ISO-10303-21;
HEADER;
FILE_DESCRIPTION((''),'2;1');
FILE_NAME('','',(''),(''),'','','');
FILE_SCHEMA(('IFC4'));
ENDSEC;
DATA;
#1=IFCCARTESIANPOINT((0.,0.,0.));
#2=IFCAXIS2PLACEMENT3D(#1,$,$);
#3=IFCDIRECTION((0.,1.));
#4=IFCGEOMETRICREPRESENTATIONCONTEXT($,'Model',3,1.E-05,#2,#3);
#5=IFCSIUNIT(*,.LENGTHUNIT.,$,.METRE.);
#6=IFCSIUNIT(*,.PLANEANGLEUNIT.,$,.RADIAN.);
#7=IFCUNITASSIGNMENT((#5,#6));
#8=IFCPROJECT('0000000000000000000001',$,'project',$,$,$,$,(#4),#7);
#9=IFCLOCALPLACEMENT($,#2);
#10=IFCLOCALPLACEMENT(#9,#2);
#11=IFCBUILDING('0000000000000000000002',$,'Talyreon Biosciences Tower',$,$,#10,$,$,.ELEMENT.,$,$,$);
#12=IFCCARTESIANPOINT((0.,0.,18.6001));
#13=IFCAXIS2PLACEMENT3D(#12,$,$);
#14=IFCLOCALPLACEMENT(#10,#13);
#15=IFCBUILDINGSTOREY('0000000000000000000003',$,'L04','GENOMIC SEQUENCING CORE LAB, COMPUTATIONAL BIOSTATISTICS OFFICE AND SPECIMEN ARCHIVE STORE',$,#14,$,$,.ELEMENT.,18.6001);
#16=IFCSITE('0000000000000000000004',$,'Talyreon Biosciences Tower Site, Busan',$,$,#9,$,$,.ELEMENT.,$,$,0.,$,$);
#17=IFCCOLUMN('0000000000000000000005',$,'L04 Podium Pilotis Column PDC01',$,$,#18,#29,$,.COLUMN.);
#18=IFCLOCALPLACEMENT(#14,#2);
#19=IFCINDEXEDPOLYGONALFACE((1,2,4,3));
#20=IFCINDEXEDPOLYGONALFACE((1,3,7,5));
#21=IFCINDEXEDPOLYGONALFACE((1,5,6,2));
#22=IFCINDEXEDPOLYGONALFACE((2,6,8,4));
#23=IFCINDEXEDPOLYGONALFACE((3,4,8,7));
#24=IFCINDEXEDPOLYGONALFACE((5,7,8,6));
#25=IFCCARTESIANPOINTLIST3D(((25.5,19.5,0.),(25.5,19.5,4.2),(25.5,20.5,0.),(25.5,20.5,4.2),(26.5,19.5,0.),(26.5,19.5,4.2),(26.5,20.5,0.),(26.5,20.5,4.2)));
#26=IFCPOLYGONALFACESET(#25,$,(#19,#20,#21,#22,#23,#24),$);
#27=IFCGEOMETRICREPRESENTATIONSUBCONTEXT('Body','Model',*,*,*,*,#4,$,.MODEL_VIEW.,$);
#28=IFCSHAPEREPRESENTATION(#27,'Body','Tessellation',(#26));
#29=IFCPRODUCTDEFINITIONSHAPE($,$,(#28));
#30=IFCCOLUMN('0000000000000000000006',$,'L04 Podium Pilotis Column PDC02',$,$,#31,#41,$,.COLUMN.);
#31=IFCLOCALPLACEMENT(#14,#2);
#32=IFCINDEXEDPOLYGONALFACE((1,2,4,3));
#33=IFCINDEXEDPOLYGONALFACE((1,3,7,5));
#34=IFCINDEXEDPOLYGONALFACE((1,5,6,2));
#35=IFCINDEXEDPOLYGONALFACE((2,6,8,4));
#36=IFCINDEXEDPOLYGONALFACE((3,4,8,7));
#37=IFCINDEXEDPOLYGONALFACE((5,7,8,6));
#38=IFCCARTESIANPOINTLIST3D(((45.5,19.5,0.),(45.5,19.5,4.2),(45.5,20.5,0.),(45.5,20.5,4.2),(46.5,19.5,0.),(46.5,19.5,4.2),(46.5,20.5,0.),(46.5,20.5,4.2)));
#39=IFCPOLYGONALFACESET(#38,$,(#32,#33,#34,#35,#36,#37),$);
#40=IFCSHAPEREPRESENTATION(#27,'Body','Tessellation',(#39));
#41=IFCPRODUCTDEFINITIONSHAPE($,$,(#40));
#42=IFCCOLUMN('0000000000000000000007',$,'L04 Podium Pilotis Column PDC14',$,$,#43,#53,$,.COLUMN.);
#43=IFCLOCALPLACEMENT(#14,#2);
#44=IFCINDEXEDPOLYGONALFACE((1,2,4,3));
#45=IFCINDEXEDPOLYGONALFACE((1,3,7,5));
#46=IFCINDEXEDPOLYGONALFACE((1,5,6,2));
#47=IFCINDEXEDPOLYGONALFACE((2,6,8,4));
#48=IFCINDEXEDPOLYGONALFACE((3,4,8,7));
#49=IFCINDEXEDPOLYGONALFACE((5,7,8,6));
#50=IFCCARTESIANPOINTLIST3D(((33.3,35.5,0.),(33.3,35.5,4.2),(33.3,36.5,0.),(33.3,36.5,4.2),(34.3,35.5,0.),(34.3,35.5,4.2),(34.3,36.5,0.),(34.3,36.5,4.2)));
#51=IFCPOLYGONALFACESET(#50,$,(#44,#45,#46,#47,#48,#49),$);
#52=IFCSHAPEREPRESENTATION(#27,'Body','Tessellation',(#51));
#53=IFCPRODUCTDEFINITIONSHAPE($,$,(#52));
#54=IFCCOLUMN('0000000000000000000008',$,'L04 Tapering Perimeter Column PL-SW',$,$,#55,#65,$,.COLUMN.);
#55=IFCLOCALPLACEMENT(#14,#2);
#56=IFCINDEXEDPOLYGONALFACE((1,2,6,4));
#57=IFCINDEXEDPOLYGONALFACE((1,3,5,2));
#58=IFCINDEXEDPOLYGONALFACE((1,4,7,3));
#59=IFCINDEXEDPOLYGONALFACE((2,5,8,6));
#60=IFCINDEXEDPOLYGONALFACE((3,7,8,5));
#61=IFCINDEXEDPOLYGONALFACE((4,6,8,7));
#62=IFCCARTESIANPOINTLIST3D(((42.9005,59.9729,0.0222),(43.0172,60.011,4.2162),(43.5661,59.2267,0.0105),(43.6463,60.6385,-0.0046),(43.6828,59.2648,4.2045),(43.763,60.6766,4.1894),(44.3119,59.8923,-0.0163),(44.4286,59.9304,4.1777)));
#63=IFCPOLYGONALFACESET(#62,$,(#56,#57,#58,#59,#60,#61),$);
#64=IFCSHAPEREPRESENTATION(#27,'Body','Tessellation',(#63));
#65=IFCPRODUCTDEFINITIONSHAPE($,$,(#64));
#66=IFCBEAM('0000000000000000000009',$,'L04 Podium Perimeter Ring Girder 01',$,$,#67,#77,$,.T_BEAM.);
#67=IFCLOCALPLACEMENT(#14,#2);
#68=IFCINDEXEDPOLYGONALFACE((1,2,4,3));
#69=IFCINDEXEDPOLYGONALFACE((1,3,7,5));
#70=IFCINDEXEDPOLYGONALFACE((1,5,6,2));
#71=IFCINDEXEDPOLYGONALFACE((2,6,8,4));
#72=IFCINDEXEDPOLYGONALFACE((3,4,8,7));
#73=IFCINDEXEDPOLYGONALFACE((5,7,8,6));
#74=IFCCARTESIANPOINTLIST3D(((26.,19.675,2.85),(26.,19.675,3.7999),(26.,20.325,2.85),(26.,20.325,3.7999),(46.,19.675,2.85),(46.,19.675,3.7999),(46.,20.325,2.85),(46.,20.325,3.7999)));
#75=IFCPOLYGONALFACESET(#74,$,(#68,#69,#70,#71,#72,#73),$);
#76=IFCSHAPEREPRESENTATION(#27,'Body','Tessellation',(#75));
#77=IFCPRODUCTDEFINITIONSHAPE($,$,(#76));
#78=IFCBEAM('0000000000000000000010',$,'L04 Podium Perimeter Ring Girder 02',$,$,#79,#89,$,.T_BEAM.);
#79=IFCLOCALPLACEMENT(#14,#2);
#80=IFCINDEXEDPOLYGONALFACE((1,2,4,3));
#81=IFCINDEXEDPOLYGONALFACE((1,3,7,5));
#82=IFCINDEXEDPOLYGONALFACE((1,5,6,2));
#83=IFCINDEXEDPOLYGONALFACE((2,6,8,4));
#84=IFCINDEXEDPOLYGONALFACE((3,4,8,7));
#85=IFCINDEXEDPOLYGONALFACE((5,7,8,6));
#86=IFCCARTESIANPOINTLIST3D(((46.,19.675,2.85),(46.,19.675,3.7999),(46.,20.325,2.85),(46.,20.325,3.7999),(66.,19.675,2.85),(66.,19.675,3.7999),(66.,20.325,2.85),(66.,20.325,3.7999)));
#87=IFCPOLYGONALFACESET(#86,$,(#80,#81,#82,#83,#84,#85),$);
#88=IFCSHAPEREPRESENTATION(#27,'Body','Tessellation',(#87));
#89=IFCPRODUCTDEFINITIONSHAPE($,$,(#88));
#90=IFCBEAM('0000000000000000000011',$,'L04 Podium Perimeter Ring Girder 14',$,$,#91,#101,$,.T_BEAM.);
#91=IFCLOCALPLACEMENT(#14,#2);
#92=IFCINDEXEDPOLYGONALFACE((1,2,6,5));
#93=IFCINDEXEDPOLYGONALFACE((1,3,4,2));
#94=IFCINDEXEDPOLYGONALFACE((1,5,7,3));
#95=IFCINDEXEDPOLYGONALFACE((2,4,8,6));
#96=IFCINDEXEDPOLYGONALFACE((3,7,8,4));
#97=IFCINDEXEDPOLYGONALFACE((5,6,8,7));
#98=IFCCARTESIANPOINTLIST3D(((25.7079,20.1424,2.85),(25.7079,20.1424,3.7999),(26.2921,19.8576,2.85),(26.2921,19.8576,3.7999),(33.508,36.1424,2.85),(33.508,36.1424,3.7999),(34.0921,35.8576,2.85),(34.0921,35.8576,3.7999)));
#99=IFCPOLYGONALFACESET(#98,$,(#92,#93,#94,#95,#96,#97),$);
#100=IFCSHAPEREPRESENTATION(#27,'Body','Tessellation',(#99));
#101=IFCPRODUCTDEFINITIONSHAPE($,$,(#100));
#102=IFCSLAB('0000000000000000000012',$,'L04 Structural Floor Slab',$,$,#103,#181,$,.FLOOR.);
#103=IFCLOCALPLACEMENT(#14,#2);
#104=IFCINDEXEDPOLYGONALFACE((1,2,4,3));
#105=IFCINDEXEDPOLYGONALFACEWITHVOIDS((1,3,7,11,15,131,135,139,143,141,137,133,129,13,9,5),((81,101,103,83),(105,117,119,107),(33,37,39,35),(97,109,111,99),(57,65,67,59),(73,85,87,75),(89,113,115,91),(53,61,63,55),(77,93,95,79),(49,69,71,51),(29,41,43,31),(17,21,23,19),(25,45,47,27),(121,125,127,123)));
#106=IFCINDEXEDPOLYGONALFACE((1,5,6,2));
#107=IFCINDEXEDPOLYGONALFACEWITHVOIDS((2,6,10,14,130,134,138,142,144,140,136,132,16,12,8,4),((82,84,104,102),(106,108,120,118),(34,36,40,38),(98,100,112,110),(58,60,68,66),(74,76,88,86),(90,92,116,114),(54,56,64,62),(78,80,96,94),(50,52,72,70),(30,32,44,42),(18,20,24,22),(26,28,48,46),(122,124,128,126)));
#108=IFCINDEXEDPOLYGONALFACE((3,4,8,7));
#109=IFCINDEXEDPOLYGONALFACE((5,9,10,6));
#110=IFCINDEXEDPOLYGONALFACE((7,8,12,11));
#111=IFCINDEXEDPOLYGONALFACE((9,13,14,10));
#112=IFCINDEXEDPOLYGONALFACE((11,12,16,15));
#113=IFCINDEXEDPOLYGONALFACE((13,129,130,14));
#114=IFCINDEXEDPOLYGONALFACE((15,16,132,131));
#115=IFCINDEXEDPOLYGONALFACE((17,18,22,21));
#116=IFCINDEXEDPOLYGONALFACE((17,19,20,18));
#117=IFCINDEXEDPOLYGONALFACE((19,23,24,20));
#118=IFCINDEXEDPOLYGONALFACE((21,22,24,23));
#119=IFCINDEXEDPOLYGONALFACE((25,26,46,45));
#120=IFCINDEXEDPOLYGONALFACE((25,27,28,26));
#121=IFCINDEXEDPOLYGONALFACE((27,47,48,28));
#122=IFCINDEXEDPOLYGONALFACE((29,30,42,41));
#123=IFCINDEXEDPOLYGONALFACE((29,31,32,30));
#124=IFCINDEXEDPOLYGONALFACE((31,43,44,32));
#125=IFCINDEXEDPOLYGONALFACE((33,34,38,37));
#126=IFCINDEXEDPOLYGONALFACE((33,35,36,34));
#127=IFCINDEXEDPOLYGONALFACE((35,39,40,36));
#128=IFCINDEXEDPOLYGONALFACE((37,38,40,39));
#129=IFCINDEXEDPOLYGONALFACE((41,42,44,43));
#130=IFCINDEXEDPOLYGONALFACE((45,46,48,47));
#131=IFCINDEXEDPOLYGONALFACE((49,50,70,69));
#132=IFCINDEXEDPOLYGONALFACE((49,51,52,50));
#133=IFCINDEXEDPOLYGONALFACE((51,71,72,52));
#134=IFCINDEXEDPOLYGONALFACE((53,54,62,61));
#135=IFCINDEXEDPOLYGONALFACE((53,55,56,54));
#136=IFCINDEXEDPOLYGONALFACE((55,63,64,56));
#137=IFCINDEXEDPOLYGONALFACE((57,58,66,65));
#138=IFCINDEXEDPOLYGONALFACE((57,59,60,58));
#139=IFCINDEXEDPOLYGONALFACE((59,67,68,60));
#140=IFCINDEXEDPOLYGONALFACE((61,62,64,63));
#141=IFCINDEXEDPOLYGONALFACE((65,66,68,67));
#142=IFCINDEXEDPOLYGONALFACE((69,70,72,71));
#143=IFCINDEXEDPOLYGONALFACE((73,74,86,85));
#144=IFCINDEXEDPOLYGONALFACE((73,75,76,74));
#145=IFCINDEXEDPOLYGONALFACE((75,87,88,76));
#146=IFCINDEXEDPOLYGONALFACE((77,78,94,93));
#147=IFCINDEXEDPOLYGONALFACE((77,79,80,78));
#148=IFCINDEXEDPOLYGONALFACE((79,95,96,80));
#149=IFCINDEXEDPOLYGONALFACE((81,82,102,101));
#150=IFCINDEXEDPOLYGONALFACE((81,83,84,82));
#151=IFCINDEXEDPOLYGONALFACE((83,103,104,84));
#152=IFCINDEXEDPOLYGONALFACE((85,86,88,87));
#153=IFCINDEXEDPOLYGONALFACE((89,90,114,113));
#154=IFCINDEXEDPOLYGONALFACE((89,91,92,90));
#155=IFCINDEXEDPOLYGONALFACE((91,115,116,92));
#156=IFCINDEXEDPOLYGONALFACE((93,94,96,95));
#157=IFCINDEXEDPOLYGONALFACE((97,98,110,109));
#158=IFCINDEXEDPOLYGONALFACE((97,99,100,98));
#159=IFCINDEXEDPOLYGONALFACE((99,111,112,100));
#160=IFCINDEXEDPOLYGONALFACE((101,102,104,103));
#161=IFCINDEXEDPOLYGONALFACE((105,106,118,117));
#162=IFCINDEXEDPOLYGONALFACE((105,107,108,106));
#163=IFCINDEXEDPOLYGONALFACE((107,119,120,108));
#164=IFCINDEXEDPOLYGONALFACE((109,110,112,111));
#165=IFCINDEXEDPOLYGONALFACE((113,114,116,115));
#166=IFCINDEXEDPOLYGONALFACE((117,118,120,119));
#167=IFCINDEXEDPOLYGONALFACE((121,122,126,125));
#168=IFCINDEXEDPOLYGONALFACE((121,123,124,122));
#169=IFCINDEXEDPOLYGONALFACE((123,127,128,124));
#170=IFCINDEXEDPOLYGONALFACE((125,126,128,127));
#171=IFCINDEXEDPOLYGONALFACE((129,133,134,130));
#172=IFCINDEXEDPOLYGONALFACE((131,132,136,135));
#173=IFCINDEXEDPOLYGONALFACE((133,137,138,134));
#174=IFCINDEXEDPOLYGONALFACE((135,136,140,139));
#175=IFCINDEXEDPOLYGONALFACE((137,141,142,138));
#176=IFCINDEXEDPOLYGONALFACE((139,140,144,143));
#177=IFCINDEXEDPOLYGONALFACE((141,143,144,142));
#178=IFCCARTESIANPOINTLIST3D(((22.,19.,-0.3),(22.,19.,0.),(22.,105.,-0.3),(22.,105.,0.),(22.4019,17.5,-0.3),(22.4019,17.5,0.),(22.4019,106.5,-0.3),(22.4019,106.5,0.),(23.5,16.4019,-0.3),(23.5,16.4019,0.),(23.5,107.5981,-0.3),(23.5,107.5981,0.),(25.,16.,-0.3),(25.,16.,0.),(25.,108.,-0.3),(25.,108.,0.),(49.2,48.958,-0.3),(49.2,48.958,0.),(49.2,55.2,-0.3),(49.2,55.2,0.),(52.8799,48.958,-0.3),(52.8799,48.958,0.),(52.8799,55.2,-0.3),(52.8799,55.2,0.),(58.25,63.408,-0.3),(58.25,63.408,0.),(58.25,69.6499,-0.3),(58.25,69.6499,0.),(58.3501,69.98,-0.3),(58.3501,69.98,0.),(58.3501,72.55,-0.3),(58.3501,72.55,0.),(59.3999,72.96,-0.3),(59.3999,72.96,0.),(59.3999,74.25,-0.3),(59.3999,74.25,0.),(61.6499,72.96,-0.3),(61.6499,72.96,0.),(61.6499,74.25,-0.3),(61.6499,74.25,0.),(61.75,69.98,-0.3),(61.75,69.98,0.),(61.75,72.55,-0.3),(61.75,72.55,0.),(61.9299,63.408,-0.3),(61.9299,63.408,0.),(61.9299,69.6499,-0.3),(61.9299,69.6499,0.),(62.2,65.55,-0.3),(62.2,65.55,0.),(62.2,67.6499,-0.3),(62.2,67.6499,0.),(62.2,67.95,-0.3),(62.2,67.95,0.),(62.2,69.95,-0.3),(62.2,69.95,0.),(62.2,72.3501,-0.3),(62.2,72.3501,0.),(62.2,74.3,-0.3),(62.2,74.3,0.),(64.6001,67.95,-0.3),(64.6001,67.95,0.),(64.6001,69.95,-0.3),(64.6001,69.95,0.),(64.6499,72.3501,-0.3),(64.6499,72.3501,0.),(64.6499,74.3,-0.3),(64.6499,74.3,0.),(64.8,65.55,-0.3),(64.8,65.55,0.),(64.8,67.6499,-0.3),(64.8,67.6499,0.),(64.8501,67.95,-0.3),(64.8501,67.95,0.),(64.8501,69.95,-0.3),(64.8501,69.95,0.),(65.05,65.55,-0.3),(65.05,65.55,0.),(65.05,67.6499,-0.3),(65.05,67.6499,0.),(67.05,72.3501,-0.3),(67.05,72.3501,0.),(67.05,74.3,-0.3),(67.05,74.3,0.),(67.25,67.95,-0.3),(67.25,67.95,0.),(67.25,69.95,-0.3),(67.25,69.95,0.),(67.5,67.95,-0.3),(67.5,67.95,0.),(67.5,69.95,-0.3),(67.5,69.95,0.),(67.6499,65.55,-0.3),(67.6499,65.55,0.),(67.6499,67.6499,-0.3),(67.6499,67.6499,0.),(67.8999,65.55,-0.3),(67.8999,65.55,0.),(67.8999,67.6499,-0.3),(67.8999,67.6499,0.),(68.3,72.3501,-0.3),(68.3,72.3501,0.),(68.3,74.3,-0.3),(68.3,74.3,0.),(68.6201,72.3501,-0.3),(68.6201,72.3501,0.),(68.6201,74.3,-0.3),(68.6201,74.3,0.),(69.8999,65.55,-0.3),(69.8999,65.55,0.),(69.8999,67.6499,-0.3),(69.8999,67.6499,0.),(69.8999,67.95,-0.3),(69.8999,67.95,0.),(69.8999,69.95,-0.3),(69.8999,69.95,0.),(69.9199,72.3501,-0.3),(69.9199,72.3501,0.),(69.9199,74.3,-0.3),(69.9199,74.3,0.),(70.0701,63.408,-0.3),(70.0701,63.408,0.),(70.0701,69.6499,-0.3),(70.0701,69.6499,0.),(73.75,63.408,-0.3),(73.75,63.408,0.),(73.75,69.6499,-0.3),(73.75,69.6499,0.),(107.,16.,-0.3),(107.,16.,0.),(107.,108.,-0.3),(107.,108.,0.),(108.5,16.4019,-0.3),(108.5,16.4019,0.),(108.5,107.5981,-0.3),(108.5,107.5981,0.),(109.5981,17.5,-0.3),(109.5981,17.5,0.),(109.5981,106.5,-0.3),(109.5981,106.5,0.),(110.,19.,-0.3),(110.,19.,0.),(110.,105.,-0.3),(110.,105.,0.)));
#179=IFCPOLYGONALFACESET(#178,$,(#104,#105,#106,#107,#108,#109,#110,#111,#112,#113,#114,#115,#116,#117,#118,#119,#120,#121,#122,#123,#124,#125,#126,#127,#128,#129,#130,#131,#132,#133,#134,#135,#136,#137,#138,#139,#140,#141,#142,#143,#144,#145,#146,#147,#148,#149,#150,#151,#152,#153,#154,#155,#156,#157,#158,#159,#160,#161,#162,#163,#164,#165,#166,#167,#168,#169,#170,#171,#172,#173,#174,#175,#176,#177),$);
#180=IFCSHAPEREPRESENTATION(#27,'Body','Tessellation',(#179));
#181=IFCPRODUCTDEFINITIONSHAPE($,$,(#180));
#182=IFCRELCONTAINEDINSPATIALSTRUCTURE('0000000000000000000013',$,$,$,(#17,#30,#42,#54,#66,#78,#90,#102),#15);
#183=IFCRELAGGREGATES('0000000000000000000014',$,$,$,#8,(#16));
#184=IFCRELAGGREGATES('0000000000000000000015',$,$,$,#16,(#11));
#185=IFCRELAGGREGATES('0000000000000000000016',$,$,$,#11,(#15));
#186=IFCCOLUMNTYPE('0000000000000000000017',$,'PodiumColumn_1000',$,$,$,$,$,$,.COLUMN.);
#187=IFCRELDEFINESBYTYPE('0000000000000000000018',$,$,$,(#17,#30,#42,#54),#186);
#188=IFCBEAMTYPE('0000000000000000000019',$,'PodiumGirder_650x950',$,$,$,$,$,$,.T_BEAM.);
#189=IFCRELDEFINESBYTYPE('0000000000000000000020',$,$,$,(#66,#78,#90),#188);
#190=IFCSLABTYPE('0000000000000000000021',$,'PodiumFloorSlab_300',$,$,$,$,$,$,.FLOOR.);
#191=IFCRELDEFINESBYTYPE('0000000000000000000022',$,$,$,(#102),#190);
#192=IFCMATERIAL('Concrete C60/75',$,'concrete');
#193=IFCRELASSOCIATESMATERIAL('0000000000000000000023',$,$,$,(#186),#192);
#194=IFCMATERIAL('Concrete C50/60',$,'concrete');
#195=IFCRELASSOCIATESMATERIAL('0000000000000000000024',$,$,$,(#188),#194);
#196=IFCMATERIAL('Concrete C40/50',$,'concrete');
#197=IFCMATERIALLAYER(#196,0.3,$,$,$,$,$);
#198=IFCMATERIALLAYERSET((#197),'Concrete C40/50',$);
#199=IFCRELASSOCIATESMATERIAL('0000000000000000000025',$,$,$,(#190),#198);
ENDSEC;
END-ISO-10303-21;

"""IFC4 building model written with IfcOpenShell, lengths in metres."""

from ifc_helpers import new_model, si_unit, direction, frame, origin, origin_2d, place, context, subcontext, project, spatial, polyline, rectangle, outline, extrude, material, layer, layer_set, material_profile, profile_set, type_object, element, save


model = new_model("IFC4")

# Units and contexts
model_context = context("Model", 3, precision=1e-05, world=origin(), true_north=direction((0.0, 1.0)))
body_context = subcontext(model_context, "Body", "Model", "MODEL_VIEW")
ifc_project = project(units=[si_unit("LENGTHUNIT", "METRE"), si_unit("PLANEANGLEUNIT", "RADIAN")], contexts=[model_context])

# Site, building, storey
site_placement = place(None, origin())
site = spatial("IfcSite", under=ifc_project, at=site_placement, Name="Talyreon Biosciences Tower Site, Busan", CompositionType="ELEMENT", RefElevation=0.0)
building_placement = place(site_placement, origin())
building = spatial("IfcBuilding", under=site, at=building_placement, Name="Talyreon Biosciences Tower", CompositionType="ELEMENT")
storey_placement = place(building_placement, frame((0.0, 0.0, 18.6001)))
storey = spatial("IfcBuildingStorey", under=building, at=storey_placement, Name="L04", Description="GENOMIC SEQUENCING CORE LAB, COMPUTATIONAL BIOSTATISTICS OFFICE AND SPECIMEN ARCHIVE STORE", CompositionType="ELEMENT", Elevation=18.6001)

# Columns
ifc_material_1 = material(Name="Concrete C60/75", Category="concrete")
ifc_material_profile_1 = material_profile(ifc_material_1, rectangle(XDim=1.0, YDim=1.0, at=origin_2d()), Name="RC 1000x1000")
ifc_profile_set_1 = profile_set([ifc_material_profile_1], Name="Concrete C60/75")
column_type = type_object("IfcColumnType", Name="PodiumColumn_1000", PredefinedType="COLUMN", material=ifc_profile_set_1)
for number, where, z_axis, x_axis, name in (
    (1, (26.0, 20.0, 0.0), (0.0, 0.0, 1.0), (1.0, 0.0, 0.0), "L04 Podium Pilotis Column PDC01"),
    (2, (46.0, 20.0, 0.0), (0.0, 0.0, 1.0), (1.0, 0.0, 0.0), "L04 Podium Pilotis Column PDC02"),
    (3, (33.8, 36.0, 0.0), (0.0, 0.0, 1.0), (1.0, 0.0, 0.0), "L04 Podium Pilotis Column PDC14"),
):
    element("IfcColumn", number, at=place(storey_placement, frame(where, z_axis=z_axis, x_axis=x_axis)), inside=storey, type_object=column_type, Name=name, PredefinedType="COLUMN", context=body_context, shape_type="SweptSolid", body=[
        extrude(rectangle(XDim=1.0, YDim=1.0, at=origin_2d()), origin(), (0.0, 0.0, 1.0), 4.2),
    ])
column_placement = place(storey_placement, frame((43.6062, 59.9326, 0.0029), z_axis=(0.027813, 0.009077, 0.999572), x_axis=(0.745782, 0.665651, -0.026796)))
element("IfcColumn", 4, at=column_placement, inside=storey, type_object=column_type, Name="L04 Tapering Perimeter Column PL-SW", PredefinedType="COLUMN", context=body_context, shape_type="SweptSolid", body=[
    extrude(rectangle(XDim=1.0, YDim=1.0, at=origin_2d()), origin(), (0.0, 0.0, 1.0), 4.1958),
])

# Beams
ifc_material_2 = material(Name="Concrete C50/60", Category="concrete")
ifc_material_profile_2 = material_profile(ifc_material_2, rectangle(XDim=0.6499, YDim=0.95, at=origin_2d()), Name="RCB 650x950")
ifc_profile_set_2 = profile_set([ifc_material_profile_2], Name="Concrete C50/60")
beam_type = type_object("IfcBeamType", Name="PodiumGirder_650x950", PredefinedType="T_BEAM", material=ifc_profile_set_2)
for number, where, z_axis, x_axis, name in (
    (5, (26.0, 20.0, 3.325), (1.0, 0.0, 0.0), (0.0, 1.0, 0.0), "L04 Podium Perimeter Ring Girder 01"),
    (6, (46.0, 20.0, 3.325), (1.0, 0.0, 0.0), (0.0, 1.0, 0.0), "L04 Podium Perimeter Ring Girder 02"),
):
    element("IfcBeam", number, at=place(storey_placement, frame(where, z_axis=z_axis, x_axis=x_axis)), inside=storey, type_object=beam_type, Name=name, PredefinedType="T_BEAM", context=body_context, shape_type="SweptSolid", body=[
        extrude(rectangle(XDim=0.6499, YDim=0.95, at=origin_2d()), origin(), (0.0, 0.0, 1.0), 20.0),
    ])
beam_placement = place(storey_placement, frame((33.8, 36.0, 3.325), z_axis=(-0.438204, -0.898875, 0.0), x_axis=(0.898875, -0.438204, 0.0)))
element("IfcBeam", 7, at=beam_placement, inside=storey, type_object=beam_type, Name="L04 Podium Perimeter Ring Girder 14", PredefinedType="T_BEAM", context=body_context, shape_type="SweptSolid", body=[
    extrude(rectangle(XDim=0.6499, YDim=0.95, at=origin_2d()), origin(), (0.0, 0.0, 1.0), 17.8),
])

# Slab
ifc_material_3 = material(Name="Concrete C40/50", Category="concrete")
ifc_layer_1 = layer(ifc_material_3, 0.3)
ifc_layer_set_1 = layer_set([ifc_layer_1], Name="Concrete C40/50")
slab_type_1 = type_object("IfcSlabType", Name="PodiumFloorSlab_300", PredefinedType="FLOOR", material=ifc_layer_set_1)
slab_1_placement = place(storey_placement, frame((0.0, 0.0, -0.3)))
element("IfcSlab", 8, at=slab_1_placement, inside=storey, type_object=slab_type_1, Name="L04 Structural Floor Slab", PredefinedType="FLOOR", context=body_context, shape_type="SweptSolid", body=[
    extrude(outline(polyline([(107.0, 16.0), (25.0, 16.0), (23.5, 16.4019), (22.4019, 17.5), (22.0, 19.0), (22.0, 105.0), (22.4019, 106.5), (23.5, 107.5981), (25.0, 108.0), (107.0, 108.0), (108.5, 107.5981), (109.5981, 106.5), (110.0, 105.0), (110.0, 19.0), (109.5981, 17.5), (108.5, 16.4019), (107.0, 16.0)]), holes=[polyline([(52.8799, 55.2), (52.8799, 48.958), (49.2, 48.958), (49.2, 55.2), (52.8799, 55.2)]), polyline([(61.9299, 63.408), (58.25, 63.408), (58.25, 69.6499), (61.9299, 69.6499), (61.9299, 63.408)]), polyline([(64.8, 65.55), (62.2, 65.55), (62.2, 67.6499), (64.8, 67.6499), (64.8, 65.55)]), polyline([(64.6001, 67.95), (62.2, 67.95), (62.2, 69.95), (64.6001, 69.95), (64.6001, 67.95)]), polyline([(61.75, 69.98), (58.3501, 69.98), (58.3501, 72.55), (61.75, 72.55), (61.75, 69.98)]), polyline([(64.6499, 72.3501), (62.2, 72.3501), (62.2, 74.3), (64.6499, 74.3), (64.6499, 72.3501)]), polyline([(61.6499, 72.96), (59.3999, 72.96), (59.3999, 74.25), (61.6499, 74.25), (61.6499, 72.96)]), polyline([(73.75, 69.6499), (73.75, 63.408), (70.0701, 63.408), (70.0701, 69.6499), (73.75, 69.6499)]), polyline([(67.6499, 65.55), (65.05, 65.55), (65.05, 67.6499), (67.6499, 67.6499), (67.6499, 65.55)]), polyline([(69.8999, 65.55), (67.8999, 65.55), (67.8999, 67.6499), (69.8999, 67.6499), (69.8999, 65.55)]), polyline([(67.25, 67.95), (64.8501, 67.95), (64.8501, 69.95), (67.25, 69.95), (67.25, 67.95)]), polyline([(69.8999, 67.95), (67.5, 67.95), (67.5, 69.95), (69.8999, 69.95), (69.8999, 67.95)]), polyline([(68.3, 72.3501), (67.05, 72.3501), (67.05, 74.3), (68.3, 74.3), (68.3, 72.3501)]), polyline([(69.9199, 72.3501), (68.6201, 72.3501), (68.6201, 74.3), (69.9199, 74.3), (69.9199, 72.3501)])]), origin(), (0.0, 0.0, 1.0), 0.3),
])

save(model, "model.ifc")
